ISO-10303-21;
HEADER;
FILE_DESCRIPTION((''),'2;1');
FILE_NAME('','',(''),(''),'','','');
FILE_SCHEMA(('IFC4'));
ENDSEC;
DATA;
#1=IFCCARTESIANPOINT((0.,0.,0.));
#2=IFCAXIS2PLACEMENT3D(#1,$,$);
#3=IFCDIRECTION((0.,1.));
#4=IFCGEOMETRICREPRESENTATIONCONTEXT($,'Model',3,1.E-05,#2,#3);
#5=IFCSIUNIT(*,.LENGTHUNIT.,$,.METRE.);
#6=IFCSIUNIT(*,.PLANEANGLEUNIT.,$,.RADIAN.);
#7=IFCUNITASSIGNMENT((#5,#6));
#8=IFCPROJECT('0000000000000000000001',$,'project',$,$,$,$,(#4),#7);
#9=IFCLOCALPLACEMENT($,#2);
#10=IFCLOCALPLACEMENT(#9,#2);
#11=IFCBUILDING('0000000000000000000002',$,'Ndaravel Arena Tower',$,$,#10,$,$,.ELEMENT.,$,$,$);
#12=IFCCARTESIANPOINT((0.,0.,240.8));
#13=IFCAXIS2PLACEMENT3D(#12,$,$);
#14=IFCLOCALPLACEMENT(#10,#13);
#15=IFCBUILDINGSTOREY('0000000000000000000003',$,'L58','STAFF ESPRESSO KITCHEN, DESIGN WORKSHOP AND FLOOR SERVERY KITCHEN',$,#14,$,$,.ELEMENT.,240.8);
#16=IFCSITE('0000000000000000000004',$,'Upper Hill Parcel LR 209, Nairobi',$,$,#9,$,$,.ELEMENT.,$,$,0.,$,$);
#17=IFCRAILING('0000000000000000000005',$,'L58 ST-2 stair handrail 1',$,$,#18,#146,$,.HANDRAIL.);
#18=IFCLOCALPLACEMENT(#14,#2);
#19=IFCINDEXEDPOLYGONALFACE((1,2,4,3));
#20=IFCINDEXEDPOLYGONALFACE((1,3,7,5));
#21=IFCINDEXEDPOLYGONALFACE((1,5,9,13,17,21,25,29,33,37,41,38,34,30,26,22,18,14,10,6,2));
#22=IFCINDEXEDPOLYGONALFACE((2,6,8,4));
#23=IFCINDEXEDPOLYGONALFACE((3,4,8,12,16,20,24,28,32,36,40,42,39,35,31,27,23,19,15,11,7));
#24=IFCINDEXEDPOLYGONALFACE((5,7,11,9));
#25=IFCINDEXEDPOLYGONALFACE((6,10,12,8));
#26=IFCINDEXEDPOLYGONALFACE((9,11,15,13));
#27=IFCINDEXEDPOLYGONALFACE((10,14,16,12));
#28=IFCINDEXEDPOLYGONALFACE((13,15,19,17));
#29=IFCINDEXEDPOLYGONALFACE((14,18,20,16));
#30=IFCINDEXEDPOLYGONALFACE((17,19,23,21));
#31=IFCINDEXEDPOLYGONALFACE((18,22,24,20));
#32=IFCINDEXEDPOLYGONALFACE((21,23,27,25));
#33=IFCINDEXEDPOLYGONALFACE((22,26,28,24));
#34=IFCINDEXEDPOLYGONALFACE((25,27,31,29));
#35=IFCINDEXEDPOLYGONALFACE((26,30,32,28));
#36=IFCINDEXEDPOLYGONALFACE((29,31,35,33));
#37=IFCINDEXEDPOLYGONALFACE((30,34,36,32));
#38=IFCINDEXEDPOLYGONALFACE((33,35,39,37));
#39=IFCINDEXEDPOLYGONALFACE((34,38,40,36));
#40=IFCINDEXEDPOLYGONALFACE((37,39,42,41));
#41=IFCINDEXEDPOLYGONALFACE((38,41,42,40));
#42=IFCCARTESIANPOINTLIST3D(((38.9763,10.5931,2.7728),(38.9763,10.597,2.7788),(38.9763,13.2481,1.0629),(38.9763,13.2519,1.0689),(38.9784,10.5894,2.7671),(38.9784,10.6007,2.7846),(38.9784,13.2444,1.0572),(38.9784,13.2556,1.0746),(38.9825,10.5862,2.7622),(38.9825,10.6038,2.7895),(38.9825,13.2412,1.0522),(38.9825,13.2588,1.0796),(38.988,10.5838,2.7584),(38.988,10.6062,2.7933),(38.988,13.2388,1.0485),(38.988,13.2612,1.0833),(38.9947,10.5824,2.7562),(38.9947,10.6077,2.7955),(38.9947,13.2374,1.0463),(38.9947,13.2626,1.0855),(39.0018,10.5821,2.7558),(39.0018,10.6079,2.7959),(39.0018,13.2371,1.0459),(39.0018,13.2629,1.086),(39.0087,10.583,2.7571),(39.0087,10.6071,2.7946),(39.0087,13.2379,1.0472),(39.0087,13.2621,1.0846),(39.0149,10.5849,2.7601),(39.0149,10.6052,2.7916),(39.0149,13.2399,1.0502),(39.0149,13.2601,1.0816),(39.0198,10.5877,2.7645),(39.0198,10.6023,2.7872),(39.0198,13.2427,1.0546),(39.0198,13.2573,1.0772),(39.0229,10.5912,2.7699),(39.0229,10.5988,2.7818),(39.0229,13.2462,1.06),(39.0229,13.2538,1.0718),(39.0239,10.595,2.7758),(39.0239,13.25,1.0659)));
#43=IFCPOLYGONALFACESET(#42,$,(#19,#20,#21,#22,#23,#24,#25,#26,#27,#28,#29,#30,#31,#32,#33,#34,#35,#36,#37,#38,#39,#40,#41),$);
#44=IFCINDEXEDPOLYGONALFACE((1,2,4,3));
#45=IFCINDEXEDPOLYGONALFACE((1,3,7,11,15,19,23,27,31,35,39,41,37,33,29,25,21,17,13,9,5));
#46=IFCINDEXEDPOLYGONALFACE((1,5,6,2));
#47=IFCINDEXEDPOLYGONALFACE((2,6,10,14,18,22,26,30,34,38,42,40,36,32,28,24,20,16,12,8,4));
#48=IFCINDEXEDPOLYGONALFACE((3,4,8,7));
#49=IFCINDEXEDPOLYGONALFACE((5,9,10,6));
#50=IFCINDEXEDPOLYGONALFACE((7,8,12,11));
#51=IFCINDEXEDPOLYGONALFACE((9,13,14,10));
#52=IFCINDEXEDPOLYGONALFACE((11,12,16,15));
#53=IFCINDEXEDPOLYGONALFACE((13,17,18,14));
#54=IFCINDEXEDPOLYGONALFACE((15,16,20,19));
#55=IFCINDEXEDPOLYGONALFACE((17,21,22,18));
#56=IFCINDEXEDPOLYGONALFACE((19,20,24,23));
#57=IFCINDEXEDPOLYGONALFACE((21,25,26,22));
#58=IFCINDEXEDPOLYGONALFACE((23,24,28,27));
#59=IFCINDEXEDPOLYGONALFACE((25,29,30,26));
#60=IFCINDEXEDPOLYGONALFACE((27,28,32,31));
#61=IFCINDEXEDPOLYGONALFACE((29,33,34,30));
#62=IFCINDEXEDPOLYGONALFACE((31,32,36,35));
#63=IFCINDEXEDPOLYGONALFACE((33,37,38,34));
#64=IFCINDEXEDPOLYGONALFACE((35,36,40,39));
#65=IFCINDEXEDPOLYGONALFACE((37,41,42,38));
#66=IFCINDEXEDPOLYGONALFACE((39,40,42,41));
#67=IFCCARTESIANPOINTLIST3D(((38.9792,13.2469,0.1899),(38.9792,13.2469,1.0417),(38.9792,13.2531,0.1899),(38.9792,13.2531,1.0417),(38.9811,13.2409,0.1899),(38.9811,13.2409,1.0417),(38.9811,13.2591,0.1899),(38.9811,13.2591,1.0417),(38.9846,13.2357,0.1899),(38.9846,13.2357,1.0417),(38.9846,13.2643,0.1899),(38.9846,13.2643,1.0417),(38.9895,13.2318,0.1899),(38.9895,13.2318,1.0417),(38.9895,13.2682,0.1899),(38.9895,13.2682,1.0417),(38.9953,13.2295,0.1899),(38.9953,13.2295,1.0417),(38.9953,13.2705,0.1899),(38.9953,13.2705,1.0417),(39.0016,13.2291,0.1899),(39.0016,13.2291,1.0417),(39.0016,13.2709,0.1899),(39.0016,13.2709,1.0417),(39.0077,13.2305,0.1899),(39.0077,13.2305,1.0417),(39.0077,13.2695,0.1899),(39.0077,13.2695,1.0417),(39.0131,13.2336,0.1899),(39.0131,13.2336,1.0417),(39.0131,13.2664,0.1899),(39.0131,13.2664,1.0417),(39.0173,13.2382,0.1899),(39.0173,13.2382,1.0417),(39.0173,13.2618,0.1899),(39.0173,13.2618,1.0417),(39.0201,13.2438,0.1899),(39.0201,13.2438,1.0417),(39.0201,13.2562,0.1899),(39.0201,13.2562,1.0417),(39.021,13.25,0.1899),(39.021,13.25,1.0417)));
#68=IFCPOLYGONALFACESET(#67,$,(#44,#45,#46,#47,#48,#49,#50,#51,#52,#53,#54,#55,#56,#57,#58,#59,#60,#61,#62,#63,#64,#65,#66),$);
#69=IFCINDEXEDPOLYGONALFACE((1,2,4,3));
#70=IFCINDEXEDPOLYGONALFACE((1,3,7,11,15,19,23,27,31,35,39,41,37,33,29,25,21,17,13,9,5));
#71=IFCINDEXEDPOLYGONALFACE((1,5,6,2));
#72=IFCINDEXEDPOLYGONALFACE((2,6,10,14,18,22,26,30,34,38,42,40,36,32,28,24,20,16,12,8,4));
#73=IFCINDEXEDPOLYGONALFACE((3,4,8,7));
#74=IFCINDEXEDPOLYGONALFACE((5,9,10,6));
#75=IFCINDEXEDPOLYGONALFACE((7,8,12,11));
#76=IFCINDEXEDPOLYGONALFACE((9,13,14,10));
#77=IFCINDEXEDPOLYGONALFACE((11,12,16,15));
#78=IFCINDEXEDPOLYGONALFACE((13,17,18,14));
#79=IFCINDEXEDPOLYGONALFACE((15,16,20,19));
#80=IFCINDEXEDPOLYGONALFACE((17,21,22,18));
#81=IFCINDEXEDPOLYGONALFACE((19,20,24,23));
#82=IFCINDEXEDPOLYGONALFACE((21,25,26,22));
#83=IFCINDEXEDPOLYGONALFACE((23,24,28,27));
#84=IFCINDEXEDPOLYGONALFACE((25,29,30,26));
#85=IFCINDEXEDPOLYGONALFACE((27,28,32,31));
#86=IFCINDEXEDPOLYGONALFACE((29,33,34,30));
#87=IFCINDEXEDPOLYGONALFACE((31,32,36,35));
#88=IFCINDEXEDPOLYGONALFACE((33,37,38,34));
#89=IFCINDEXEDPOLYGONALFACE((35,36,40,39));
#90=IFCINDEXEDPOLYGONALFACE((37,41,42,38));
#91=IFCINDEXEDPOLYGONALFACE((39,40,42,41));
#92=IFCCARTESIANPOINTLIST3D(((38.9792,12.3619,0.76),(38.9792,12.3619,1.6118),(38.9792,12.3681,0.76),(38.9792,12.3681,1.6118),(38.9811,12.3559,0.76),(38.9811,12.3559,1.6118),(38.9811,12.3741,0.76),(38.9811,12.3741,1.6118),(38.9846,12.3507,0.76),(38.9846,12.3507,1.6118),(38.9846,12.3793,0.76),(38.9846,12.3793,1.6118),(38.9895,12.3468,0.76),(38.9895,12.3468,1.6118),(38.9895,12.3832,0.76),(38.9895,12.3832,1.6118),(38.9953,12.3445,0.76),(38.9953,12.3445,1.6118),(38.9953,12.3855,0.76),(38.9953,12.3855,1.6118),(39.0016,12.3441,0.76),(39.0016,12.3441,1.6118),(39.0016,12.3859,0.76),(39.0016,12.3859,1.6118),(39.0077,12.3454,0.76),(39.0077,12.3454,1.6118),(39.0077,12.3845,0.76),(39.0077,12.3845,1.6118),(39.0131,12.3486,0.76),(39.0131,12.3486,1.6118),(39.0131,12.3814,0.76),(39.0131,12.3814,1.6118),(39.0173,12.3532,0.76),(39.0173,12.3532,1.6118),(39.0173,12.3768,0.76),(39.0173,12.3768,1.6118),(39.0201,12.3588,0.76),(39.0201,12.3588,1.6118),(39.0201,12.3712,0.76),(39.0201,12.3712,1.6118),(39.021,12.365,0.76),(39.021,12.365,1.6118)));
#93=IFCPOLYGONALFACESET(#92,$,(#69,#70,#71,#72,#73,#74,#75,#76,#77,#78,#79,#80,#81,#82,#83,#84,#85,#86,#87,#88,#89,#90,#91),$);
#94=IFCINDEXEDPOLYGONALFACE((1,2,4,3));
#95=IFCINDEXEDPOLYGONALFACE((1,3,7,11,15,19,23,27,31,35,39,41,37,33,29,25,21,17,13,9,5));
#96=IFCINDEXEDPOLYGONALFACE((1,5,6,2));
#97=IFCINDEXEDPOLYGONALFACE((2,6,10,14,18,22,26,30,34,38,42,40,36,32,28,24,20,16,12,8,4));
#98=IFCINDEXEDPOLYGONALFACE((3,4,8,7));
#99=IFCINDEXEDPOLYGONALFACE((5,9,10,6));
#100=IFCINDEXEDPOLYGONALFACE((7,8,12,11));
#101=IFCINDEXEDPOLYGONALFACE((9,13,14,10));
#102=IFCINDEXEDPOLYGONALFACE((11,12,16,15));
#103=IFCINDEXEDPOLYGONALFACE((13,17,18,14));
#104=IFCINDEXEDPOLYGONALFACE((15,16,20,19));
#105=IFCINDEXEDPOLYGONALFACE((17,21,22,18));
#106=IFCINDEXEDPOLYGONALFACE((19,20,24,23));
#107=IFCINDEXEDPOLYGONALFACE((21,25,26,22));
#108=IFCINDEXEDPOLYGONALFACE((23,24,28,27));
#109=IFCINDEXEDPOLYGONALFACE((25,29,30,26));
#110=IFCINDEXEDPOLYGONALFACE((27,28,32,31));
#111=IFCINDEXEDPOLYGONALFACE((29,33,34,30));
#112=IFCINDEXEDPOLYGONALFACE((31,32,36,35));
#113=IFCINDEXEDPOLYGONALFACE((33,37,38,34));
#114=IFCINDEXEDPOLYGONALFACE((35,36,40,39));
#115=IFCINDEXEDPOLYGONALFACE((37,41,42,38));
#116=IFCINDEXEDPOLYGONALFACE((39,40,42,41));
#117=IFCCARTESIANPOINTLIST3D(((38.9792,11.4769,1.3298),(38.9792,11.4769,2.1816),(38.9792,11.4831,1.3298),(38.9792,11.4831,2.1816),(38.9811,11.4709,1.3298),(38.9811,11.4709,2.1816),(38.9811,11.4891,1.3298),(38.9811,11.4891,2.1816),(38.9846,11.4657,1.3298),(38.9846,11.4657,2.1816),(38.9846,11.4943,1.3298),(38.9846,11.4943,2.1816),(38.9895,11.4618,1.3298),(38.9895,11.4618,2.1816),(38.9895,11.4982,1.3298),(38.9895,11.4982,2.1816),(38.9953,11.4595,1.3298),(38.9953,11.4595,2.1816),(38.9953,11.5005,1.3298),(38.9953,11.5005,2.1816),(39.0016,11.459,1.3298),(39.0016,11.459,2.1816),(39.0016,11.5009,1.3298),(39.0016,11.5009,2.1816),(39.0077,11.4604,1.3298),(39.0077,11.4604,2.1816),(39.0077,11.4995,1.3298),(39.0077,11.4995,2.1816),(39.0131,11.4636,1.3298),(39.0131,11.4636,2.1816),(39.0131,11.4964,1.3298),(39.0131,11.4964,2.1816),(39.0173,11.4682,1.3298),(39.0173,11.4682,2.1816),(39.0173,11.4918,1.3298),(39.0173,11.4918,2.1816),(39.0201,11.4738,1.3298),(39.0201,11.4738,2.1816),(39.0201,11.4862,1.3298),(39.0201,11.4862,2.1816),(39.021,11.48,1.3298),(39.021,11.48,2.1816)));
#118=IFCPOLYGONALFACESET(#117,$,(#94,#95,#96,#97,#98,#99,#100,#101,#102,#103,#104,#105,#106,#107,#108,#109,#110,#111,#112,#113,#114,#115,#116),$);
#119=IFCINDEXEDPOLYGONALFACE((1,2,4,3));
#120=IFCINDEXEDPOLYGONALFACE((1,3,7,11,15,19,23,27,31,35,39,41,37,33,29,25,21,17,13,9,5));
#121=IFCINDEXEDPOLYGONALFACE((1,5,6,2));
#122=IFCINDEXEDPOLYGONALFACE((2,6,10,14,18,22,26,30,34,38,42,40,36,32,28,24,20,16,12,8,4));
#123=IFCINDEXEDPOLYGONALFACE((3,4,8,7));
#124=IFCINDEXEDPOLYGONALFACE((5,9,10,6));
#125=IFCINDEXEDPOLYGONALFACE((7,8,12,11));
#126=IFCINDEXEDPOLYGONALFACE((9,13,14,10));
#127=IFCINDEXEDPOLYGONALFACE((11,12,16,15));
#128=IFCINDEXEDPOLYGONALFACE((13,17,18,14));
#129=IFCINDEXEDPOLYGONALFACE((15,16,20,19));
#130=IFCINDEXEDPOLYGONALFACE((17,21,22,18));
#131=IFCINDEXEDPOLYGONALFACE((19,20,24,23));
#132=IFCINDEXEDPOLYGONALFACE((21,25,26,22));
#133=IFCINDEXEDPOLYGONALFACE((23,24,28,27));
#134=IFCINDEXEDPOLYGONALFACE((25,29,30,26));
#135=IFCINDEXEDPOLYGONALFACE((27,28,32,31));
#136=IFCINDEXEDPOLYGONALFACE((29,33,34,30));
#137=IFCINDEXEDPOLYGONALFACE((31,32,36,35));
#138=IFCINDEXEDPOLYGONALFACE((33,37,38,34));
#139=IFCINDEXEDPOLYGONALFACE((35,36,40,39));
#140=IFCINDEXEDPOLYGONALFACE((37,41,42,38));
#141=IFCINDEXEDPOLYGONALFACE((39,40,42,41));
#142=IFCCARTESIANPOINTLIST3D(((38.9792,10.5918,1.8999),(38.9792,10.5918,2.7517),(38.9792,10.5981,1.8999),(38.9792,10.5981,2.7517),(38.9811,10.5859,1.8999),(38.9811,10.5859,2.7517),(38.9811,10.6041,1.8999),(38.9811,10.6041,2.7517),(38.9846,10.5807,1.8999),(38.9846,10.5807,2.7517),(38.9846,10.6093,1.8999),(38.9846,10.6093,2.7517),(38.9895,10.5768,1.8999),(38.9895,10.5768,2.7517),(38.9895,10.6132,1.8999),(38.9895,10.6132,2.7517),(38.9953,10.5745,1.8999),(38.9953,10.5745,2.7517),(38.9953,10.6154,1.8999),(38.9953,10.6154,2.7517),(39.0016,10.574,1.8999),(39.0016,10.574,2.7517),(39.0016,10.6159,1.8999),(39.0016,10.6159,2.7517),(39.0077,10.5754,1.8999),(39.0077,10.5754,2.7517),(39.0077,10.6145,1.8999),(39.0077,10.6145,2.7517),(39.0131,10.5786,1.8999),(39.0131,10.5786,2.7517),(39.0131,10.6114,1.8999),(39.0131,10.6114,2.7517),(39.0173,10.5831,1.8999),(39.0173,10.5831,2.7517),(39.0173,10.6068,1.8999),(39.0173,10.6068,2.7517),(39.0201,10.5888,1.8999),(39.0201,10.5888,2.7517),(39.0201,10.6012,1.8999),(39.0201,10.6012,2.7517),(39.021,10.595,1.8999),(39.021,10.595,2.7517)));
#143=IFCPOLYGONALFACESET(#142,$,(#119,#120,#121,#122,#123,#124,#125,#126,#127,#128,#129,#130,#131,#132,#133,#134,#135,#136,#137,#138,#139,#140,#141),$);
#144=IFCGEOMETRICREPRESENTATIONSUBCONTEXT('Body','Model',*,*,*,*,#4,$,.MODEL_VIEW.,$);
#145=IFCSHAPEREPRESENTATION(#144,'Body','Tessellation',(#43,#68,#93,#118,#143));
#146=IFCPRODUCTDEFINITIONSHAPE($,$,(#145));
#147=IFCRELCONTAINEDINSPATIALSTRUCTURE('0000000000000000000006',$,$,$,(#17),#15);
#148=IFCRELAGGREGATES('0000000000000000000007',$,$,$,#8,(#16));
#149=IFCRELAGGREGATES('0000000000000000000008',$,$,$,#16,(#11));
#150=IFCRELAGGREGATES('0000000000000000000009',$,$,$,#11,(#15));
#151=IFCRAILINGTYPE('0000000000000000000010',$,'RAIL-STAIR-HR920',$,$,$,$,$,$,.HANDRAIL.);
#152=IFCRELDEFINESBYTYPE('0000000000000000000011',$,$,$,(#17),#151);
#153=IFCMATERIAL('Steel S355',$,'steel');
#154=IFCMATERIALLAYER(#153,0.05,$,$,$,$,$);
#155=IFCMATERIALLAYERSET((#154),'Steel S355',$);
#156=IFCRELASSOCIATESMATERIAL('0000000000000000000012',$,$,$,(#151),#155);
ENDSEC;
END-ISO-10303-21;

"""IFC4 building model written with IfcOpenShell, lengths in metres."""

from ifc_helpers import new_model, si_unit, direction, frame, origin, origin_2d, place, context, subcontext, project, spatial, circle, extrude, material, layer, layer_set, type_object, element, save


model = new_model("IFC4")

# Units and contexts
model_context = context("Model", 3, precision=1e-05, world=origin(), true_north=direction((0.0, 1.0)))
body_context = subcontext(model_context, "Body", "Model", "MODEL_VIEW")
ifc_project = project(units=[si_unit("LENGTHUNIT", "METRE"), si_unit("PLANEANGLEUNIT", "RADIAN")], contexts=[model_context])

# Site, building, storey
site_placement = place(None, origin())
site = spatial("IfcSite", under=ifc_project, at=site_placement, Name="Upper Hill Parcel LR 209, Nairobi", CompositionType="ELEMENT", RefElevation=0.0)
building_placement = place(site_placement, origin())
building = spatial("IfcBuilding", under=site, at=building_placement, Name="Ndaravel Arena Tower", CompositionType="ELEMENT")
storey_placement = place(building_placement, frame((0.0, 0.0, 240.8)))
storey = spatial("IfcBuildingStorey", under=building, at=storey_placement, Name="L58", Description="STAFF ESPRESSO KITCHEN, DESIGN WORKSHOP AND FLOOR SERVERY KITCHEN", CompositionType="ELEMENT", Elevation=240.8)

# Railing
ifc_material_1 = material(Name="Steel S355", Category="steel")
ifc_layer_1 = layer(ifc_material_1, 0.05)
ifc_layer_set_1 = layer_set([ifc_layer_1], Name="Steel S355")
railing_type_1 = type_object("IfcRailingType", Name="RAIL-STAIR-HR920", PredefinedType="HANDRAIL", material=ifc_layer_set_1)
railing_1_placement = place(storey_placement, frame((39.0, 13.25, 0.1899)))
element("IfcRailing", 1, at=railing_1_placement, inside=storey, type_object=railing_type_1, Name="L58 ST-2 stair handrail 1", PredefinedType="HANDRAIL", context=body_context, shape_type="SweptSolid", body=[
    extrude(circle(Radius=0.0239, at=origin_2d()), frame((0.0, 0.0, 0.876), z_axis=(0.0, -0.840724, 0.541465), x_axis=(1.0, 0.0, 0.0)), (0.0, 0.0, 1.0), 3.158),
    extrude(circle(Radius=0.021, at=origin_2d()), origin(), (0.0, 0.0, 1.0), 0.8518),
    extrude(circle(Radius=0.021, at=origin_2d()), frame((0.0, -0.885, 0.5701)), (0.0, 0.0, 1.0), 0.8518),
    extrude(circle(Radius=0.021, at=origin_2d()), frame((0.0, -1.77, 1.1399)), (0.0, 0.0, 1.0), 0.8518),
    extrude(circle(Radius=0.021, at=origin_2d()), frame((0.0, -2.655, 1.71)), (0.0, 0.0, 1.0), 0.8518),
])

save(model, "model.ifc")
